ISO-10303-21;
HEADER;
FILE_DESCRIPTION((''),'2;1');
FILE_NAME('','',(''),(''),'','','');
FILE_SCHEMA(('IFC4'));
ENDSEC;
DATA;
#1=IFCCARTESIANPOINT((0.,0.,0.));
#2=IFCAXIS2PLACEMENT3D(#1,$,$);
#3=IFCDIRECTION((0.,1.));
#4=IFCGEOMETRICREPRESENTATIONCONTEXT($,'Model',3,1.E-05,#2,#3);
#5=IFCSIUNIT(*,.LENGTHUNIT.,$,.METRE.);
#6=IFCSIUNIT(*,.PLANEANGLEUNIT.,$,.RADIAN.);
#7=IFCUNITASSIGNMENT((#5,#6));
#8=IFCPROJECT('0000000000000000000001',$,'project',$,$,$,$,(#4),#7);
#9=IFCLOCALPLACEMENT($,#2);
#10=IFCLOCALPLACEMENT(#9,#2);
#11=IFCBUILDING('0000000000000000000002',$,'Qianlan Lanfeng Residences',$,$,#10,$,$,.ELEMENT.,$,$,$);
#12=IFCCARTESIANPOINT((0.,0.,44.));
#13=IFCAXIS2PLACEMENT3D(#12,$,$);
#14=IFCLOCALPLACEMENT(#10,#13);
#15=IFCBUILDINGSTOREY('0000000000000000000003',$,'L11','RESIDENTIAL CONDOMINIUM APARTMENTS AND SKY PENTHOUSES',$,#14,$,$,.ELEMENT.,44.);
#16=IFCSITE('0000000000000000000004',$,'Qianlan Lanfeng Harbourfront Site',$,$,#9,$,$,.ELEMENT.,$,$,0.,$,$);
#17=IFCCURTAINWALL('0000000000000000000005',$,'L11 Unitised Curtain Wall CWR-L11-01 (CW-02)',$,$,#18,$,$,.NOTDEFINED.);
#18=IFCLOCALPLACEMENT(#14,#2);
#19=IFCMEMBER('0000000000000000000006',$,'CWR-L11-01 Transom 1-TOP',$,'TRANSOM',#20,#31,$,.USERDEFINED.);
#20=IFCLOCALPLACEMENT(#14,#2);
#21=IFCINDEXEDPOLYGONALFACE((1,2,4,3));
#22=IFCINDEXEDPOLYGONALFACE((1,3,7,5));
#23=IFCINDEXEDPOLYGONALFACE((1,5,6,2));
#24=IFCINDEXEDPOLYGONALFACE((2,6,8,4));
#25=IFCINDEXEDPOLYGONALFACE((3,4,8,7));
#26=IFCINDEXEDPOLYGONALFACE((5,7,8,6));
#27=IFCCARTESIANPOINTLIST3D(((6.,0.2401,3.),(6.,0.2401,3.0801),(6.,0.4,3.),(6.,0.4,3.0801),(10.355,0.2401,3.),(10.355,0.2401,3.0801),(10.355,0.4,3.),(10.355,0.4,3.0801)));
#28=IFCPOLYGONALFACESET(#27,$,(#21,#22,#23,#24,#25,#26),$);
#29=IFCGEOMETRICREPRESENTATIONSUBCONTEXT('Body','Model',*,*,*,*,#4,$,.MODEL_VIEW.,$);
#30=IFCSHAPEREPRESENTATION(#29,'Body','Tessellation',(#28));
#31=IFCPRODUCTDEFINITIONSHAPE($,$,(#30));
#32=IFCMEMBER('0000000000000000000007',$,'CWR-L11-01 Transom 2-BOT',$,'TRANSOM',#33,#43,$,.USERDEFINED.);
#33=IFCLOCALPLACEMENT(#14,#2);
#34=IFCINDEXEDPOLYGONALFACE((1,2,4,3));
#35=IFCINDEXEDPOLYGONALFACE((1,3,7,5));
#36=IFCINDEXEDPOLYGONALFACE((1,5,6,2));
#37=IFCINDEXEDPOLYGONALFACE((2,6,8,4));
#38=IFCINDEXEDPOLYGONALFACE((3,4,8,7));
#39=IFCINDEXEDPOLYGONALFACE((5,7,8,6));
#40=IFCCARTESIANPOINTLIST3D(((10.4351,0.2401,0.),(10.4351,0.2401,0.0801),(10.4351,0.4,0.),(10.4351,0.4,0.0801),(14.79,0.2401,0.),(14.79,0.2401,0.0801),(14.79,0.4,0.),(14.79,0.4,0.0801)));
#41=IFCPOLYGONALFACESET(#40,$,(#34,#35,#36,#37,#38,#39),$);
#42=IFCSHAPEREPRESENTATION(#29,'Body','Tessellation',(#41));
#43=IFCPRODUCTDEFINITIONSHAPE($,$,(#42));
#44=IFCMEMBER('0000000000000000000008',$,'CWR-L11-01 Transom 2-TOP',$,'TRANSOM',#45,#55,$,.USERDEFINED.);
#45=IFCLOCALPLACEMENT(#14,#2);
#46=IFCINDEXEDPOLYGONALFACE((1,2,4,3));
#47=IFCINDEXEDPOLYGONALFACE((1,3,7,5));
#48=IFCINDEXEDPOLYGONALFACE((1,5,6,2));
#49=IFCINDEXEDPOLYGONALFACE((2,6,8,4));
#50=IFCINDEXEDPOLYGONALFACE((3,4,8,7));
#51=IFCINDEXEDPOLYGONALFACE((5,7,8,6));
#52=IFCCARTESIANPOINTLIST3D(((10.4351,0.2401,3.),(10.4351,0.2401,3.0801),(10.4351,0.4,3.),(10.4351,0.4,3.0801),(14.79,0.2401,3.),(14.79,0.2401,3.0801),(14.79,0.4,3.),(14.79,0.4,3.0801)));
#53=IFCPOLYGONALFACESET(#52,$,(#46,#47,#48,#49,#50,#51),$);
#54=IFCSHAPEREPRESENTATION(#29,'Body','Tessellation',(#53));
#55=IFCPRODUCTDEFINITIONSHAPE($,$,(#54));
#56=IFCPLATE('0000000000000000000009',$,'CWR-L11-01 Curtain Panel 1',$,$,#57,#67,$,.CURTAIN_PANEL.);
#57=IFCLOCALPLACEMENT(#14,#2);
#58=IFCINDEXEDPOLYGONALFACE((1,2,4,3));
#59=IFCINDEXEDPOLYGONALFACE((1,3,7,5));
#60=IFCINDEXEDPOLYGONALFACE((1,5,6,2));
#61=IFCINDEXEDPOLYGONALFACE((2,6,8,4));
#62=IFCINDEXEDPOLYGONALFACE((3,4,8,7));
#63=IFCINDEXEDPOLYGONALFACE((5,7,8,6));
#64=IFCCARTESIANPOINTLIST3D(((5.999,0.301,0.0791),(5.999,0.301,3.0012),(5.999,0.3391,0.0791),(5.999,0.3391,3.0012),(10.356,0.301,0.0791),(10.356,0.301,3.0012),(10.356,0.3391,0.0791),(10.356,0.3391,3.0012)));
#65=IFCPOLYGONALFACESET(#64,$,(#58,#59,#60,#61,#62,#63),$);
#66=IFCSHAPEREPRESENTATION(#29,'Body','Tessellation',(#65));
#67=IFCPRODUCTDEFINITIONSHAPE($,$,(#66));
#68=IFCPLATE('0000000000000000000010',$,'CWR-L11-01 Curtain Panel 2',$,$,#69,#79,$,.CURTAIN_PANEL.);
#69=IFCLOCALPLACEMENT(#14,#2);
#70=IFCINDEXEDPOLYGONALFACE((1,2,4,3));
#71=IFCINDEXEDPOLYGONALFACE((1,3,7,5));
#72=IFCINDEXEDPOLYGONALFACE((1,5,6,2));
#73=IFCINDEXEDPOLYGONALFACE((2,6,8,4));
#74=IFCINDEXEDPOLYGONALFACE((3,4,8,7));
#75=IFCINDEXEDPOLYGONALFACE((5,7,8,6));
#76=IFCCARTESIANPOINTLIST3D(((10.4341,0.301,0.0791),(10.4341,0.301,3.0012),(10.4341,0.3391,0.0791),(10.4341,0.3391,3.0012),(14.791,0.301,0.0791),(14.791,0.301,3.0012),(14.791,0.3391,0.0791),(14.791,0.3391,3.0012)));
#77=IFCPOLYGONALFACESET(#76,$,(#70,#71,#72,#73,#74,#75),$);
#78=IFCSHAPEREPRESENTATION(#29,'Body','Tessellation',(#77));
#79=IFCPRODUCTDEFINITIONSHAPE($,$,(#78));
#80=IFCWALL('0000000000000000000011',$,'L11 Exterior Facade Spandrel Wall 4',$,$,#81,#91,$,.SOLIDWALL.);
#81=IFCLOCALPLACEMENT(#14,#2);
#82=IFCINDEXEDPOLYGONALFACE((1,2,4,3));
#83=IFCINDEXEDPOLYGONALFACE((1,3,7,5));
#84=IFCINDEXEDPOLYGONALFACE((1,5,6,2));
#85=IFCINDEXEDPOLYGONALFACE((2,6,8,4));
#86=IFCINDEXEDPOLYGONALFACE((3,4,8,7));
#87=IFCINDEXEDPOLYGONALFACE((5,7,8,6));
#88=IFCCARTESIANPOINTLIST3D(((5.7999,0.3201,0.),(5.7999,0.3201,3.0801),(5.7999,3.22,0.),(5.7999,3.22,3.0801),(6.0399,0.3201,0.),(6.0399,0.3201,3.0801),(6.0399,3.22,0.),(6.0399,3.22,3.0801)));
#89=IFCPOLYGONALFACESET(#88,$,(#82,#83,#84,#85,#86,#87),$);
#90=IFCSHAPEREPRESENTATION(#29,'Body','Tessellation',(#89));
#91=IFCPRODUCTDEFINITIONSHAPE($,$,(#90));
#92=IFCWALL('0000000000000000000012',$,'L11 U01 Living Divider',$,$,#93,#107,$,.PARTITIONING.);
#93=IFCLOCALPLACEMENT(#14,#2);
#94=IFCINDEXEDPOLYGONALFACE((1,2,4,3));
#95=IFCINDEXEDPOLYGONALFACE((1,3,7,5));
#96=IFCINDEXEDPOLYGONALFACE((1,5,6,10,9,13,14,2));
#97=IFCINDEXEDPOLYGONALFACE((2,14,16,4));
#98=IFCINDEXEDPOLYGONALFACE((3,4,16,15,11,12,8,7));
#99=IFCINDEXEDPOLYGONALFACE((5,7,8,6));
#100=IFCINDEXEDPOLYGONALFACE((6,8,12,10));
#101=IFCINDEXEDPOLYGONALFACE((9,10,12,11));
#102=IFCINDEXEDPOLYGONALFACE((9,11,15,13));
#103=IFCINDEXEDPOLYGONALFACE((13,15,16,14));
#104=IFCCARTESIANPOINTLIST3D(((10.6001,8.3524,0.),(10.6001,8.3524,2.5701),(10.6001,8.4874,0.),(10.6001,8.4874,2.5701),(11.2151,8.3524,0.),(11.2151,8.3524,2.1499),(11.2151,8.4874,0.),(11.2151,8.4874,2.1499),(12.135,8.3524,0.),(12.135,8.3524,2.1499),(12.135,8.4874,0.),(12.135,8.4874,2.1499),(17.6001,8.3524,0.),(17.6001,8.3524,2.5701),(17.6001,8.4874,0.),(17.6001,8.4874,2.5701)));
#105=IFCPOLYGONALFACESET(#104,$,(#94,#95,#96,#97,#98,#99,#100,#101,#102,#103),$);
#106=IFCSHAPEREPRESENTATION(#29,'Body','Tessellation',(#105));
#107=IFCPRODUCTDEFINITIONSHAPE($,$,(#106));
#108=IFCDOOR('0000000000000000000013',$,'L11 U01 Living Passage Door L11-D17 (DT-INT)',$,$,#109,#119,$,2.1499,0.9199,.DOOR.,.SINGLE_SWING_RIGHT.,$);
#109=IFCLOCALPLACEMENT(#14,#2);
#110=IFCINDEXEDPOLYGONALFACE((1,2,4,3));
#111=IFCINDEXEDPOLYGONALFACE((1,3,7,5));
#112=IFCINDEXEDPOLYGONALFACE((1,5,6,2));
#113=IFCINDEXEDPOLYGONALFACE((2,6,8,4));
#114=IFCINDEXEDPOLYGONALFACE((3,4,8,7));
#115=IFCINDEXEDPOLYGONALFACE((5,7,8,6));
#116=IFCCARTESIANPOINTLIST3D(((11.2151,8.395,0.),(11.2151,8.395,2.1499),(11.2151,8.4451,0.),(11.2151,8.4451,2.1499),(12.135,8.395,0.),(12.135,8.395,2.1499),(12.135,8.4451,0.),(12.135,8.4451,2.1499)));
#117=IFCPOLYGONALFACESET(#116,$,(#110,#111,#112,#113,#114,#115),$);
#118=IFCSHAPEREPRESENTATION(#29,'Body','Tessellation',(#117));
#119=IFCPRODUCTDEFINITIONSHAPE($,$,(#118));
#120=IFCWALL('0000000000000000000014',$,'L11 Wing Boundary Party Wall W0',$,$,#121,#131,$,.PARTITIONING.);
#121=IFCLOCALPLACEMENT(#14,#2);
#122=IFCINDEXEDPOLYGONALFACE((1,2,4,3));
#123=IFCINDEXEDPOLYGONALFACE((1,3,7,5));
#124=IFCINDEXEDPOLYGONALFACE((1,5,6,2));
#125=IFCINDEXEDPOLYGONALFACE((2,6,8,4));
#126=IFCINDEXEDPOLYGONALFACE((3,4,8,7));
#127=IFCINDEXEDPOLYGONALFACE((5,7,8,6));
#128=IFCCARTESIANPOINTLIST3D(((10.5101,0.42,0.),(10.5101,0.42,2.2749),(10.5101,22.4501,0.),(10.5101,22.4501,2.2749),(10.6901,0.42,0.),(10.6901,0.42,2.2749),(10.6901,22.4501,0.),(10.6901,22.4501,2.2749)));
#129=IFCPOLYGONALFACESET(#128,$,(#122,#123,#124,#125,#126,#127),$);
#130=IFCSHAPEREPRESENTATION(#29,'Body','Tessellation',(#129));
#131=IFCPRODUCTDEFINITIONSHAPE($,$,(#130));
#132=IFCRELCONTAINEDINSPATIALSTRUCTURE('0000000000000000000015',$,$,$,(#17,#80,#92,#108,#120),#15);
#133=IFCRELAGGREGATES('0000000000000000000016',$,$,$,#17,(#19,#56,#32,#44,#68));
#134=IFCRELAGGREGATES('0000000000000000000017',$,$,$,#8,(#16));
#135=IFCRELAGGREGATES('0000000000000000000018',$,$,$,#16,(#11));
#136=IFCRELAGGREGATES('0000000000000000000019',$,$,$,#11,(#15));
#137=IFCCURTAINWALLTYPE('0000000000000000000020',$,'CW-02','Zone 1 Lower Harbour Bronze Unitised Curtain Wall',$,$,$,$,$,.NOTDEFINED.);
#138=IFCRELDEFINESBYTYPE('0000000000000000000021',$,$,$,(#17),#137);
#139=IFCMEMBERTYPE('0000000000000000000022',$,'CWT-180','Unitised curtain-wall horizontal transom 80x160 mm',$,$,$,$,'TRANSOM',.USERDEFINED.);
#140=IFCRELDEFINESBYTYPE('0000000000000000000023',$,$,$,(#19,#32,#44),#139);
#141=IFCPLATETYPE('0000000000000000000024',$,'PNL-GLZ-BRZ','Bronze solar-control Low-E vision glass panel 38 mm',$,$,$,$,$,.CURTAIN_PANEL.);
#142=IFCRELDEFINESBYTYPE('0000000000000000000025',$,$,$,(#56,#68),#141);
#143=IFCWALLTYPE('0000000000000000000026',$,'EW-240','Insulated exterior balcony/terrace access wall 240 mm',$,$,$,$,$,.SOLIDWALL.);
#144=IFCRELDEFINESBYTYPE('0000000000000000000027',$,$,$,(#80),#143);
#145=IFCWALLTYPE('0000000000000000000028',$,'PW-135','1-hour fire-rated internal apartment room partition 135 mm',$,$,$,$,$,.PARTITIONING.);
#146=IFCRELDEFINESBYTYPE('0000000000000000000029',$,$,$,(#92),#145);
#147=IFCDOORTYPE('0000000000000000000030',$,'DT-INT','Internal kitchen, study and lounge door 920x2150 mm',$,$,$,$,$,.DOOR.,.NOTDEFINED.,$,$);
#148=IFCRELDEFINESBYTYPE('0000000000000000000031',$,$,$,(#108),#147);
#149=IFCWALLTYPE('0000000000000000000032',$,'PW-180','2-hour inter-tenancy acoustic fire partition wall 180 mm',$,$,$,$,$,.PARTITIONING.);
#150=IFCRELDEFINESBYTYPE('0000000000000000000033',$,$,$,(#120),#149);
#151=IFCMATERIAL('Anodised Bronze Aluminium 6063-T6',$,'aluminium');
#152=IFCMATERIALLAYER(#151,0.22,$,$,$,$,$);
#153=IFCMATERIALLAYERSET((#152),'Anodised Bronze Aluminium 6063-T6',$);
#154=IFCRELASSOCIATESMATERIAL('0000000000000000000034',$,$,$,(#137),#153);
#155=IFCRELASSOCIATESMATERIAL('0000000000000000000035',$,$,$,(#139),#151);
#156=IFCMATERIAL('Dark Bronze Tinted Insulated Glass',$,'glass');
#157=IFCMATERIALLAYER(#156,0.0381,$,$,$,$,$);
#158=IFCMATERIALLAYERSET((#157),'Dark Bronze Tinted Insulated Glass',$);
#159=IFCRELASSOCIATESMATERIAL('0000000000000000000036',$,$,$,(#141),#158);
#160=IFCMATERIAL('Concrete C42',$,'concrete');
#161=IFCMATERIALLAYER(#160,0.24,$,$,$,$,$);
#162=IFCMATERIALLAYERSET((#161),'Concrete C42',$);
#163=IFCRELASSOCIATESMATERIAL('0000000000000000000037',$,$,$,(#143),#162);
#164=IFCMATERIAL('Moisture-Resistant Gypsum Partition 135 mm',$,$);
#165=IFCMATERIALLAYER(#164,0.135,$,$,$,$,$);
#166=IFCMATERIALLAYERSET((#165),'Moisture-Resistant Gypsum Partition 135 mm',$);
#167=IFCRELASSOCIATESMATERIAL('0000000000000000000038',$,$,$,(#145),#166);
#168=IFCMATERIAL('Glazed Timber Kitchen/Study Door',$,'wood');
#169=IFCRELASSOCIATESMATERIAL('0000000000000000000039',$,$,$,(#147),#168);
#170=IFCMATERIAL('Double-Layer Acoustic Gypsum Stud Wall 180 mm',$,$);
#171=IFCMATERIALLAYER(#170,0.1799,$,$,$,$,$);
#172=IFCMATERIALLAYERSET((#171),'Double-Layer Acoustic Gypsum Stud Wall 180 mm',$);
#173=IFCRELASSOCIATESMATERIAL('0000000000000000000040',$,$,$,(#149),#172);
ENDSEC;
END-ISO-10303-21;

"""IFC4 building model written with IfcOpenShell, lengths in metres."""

from ifc_helpers import new_model, si_unit, direction, frame, frame_2d, origin, origin_2d, place, context, subcontext, project, spatial, rectangle, extrude, source, transform, mapped, material, layer, layer_set, material_profile, profile_set, type_object, element, fill, aggregate, save


model = new_model("IFC4")

# Units and contexts
model_context = context("Model", 3, precision=1e-05, world=origin(), true_north=direction((0.0, 1.0)))
body_context = subcontext(model_context, "Body", "Model", "MODEL_VIEW")
ifc_project = project(units=[si_unit("LENGTHUNIT", "METRE"), si_unit("PLANEANGLEUNIT", "RADIAN")], contexts=[model_context])

# Site, building, storey
site_placement = place(None, origin())
site = spatial("IfcSite", under=ifc_project, at=site_placement, Name="Qianlan Lanfeng Harbourfront Site", CompositionType="ELEMENT", RefElevation=0.0)
building_placement = place(site_placement, origin())
building = spatial("IfcBuilding", under=site, at=building_placement, Name="Qianlan Lanfeng Residences", CompositionType="ELEMENT")
storey_placement = place(building_placement, frame((0.0, 0.0, 44.0)))
storey = spatial("IfcBuildingStorey", under=building, at=storey_placement, Name="L11", Description="RESIDENTIAL CONDOMINIUM APARTMENTS AND SKY PENTHOUSES", CompositionType="ELEMENT", Elevation=44.0)

# Curtain wall
ifc_material_1 = material(Name="Anodised Bronze Aluminium 6063-T6", Category="aluminium")
ifc_layer_1 = layer(ifc_material_1, 0.22)
ifc_layer_set_1 = layer_set([ifc_layer_1], Name="Anodised Bronze Aluminium 6063-T6")
curtain_wall_type = type_object("IfcCurtainWallType", Name="CW-02", Description="Zone 1 Lower Harbour Bronze Unitised Curtain Wall", PredefinedType="NOTDEFINED", material=ifc_layer_set_1)
curtain_wall_1_placement = place(storey_placement, origin())
curtain_wall_1 = element("IfcCurtainWall", 1, at=curtain_wall_1_placement, inside=storey, type_object=curtain_wall_type, Name="L11 Unitised Curtain Wall CWR-L11-01 (CW-02)", PredefinedType="NOTDEFINED")
ifc_material_profile_1 = material_profile(ifc_material_1, rectangle(XDim=0.0801, YDim=0.1599, at=origin_2d()), Name="ALU TRANSOM 80x160")
ifc_profile_set_1 = profile_set([ifc_material_profile_1], Name="Anodised Bronze Aluminium 6063-T6")
member_type_1 = type_object("IfcMemberType", Name="CWT-180", Description="Unitised curtain-wall horizontal transom 80x160 mm", ElementType="TRANSOM", PredefinedType="USERDEFINED", material=ifc_profile_set_1)

# Members
shared_shape_1 = source(origin(), body_context, "Body", "SweptSolid", [
    extrude(rectangle(XDim=0.0801, YDim=0.1599, at=origin_2d()), origin(), (0.0, 0.0, 1.0), 4.355),
])
member_1_placement = place(storey_placement, frame((6.0, 0.3201, 3.04), z_axis=(1.0, 0.0, 0.0), x_axis=(0.0, 0.0, 1.0)))
member_1 = element("IfcMember", 2, at=member_1_placement, type_object=member_type_1, Name="CWR-L11-01 Transom 1-TOP", ObjectType="TRANSOM", PredefinedType="USERDEFINED", context=body_context, shape_type="MappedRepresentation", body=[
    mapped(shared_shape_1, transform((0.0, 0.0, 0.0), scale=1.0)),
])
member_2_placement = place(storey_placement, frame((10.4351, 0.3201, 0.04), z_axis=(1.0, 0.0, 0.0), x_axis=(0.0, 0.0, 1.0)))
member_2 = element("IfcMember", 3, at=member_2_placement, type_object=member_type_1, Name="CWR-L11-01 Transom 2-BOT", ObjectType="TRANSOM", PredefinedType="USERDEFINED", context=body_context, shape_type="MappedRepresentation", body=[
    mapped(shared_shape_1, transform((0.0, 0.0, 0.0), scale=1.0)),
])
member_3_placement = place(storey_placement, frame((10.4351, 0.3201, 3.04), z_axis=(1.0, 0.0, 0.0), x_axis=(0.0, 0.0, 1.0)))
member_3 = element("IfcMember", 4, at=member_3_placement, type_object=member_type_1, Name="CWR-L11-01 Transom 2-TOP", ObjectType="TRANSOM", PredefinedType="USERDEFINED", context=body_context, shape_type="MappedRepresentation", body=[
    mapped(shared_shape_1, transform((0.0, 0.0, 0.0), scale=1.0)),
])

# Plates
ifc_material_2 = material(Name="Dark Bronze Tinted Insulated Glass", Category="glass")
ifc_layer_2 = layer(ifc_material_2, 0.0381)
ifc_layer_set_2 = layer_set([ifc_layer_2], Name="Dark Bronze Tinted Insulated Glass")
plate_type = type_object("IfcPlateType", Name="PNL-GLZ-BRZ", Description="Bronze solar-control Low-E vision glass panel 38 mm", PredefinedType="CURTAIN_PANEL", material=ifc_layer_set_2)
shared_shape_2 = source(origin(), body_context, "Body", "SweptSolid", [
    extrude(rectangle(XDim=4.3569, YDim=0.0381, at=origin_2d()), origin(), (0.0, 0.0, 1.0), 2.9221),
])
plate_1_placement = place(storey_placement, frame((8.1775, 0.3201, 0.0791), z_axis=(0.0, 0.0, 1.0), x_axis=(1.0, 0.0, 0.0)))
plate_1 = element("IfcPlate", 5, at=plate_1_placement, type_object=plate_type, Name="CWR-L11-01 Curtain Panel 1", PredefinedType="CURTAIN_PANEL", context=body_context, shape_type="MappedRepresentation", body=[
    mapped(shared_shape_2, transform((0.0, 0.0, 0.0), scale=1.0)),
])
plate_2_placement = place(storey_placement, frame((12.6125, 0.3201, 0.0791), z_axis=(0.0, 0.0, 1.0), x_axis=(1.0, 0.0, 0.0)))
plate_2 = element("IfcPlate", 6, at=plate_2_placement, type_object=plate_type, Name="CWR-L11-01 Curtain Panel 2", PredefinedType="CURTAIN_PANEL", context=body_context, shape_type="MappedRepresentation", body=[
    mapped(shared_shape_2, transform((0.0, 0.0, 0.0), scale=1.0)),
])
aggregate(curtain_wall_1, [member_1, plate_1, member_2, member_3, plate_2])

# Wall
ifc_material_3 = material(Name="Concrete C42", Category="concrete")
ifc_layer_3 = layer(ifc_material_3, 0.24)
ifc_layer_set_3 = layer_set([ifc_layer_3], Name="Concrete C42")
wall_type_1 = type_object("IfcWallType", Name="EW-240", Description="Insulated exterior balcony/terrace access wall 240 mm", PredefinedType="SOLIDWALL", material=ifc_layer_set_3)
wall_1_placement = place(storey_placement, frame((5.9199, 3.22, 0.0), z_axis=(0.0, 0.0, 1.0), x_axis=(0.0, -1.0, 0.0)))
element("IfcWall", 7, at=wall_1_placement, inside=storey, type_object=wall_type_1, Name="L11 Exterior Facade Spandrel Wall 4", PredefinedType="SOLIDWALL", context=body_context, shape_type="SweptSolid", body=[
    extrude(rectangle(XDim=2.8999, YDim=0.24, at=frame_2d((1.45, 0.0))), origin(), (0.0, 0.0, 1.0), 3.0801),
])

# Wall, opening, door
ifc_material_4 = material(Name="Moisture-Resistant Gypsum Partition 135 mm")
ifc_layer_4 = layer(ifc_material_4, 0.135)
ifc_layer_set_4 = layer_set([ifc_layer_4], Name="Moisture-Resistant Gypsum Partition 135 mm")
wall_type_2 = type_object("IfcWallType", Name="PW-135", Description="1-hour fire-rated internal apartment room partition 135 mm", PredefinedType="PARTITIONING", material=ifc_layer_set_4)
wall_2_placement = place(storey_placement, frame((10.6001, 8.4199, 0.0), z_axis=(0.0, 0.0, 1.0), x_axis=(1.0, 0.0, 0.0)))
wall_2 = element("IfcWall", 8, at=wall_2_placement, inside=storey, type_object=wall_type_2, Name="L11 U01 Living Divider", PredefinedType="PARTITIONING", context=body_context, shape_type="SweptSolid", body=[
    extrude(rectangle(XDim=7.0, YDim=0.135, at=frame_2d((3.5, 0.0))), origin(), (0.0, 0.0, 1.0), 2.5701),
])
opening_1_placement = place(wall_2_placement, frame((0.615, 0.0, 0.0)))
opening_1 = element("IfcOpeningElement", 9, at=opening_1_placement, cuts=wall_2, PredefinedType="OPENING", context=body_context, shape_type="SweptSolid", body=[
    extrude(rectangle(XDim=0.9199, YDim=2.1499, at=frame_2d((0.46, 1.075))), frame((0.0, 0.0776, 0.0), z_axis=(0.0, -1.0, 0.0), x_axis=(1.0, 0.0, 0.0)), (0.0, 0.0, 1.0), 0.155),
])
ifc_material_5 = material(Name="Glazed Timber Kitchen/Study Door", Category="wood")
door_type_1 = type_object("IfcDoorType", Name="DT-INT", Description="Internal kitchen, study and lounge door 920x2150 mm", OperationType="NOTDEFINED", PredefinedType="DOOR", material=ifc_material_5)
door_1_placement = place(opening_1_placement, frame((0.9199, 0.0, 0.0), z_axis=(0.0, 0.0, 1.0), x_axis=(-1.0, 0.0, 0.0)))
door_1 = element("IfcDoor", 10, at=door_1_placement, inside=storey, type_object=door_type_1, Name="L11 U01 Living Passage Door L11-D17 (DT-INT)", OperationType="SINGLE_SWING_RIGHT", OverallHeight=2.1499, OverallWidth=0.9199, PredefinedType="DOOR", context=body_context, shape_type="SweptSolid", body=[
    extrude(rectangle(XDim=0.9199, YDim=2.1499, at=frame_2d((0.46, 1.075))), frame((0.0, 0.0249, 0.0), z_axis=(0.0, -1.0, 0.0), x_axis=(1.0, 0.0, 0.0)), (0.0, 0.0, 1.0), 0.05),
])
fill(opening_1, door_1)

# Wall
ifc_material_6 = material(Name="Double-Layer Acoustic Gypsum Stud Wall 180 mm")
ifc_layer_5 = layer(ifc_material_6, 0.1799)
ifc_layer_set_5 = layer_set([ifc_layer_5], Name="Double-Layer Acoustic Gypsum Stud Wall 180 mm")
wall_type_3 = type_object("IfcWallType", Name="PW-180", Description="2-hour inter-tenancy acoustic fire partition wall 180 mm", PredefinedType="PARTITIONING", material=ifc_layer_set_5)
wall_3_placement = place(storey_placement, frame((10.6001, 0.4199, 0.0), z_axis=(0.0, 0.0, 1.0), x_axis=(0.0, 1.0, 0.0)))
element("IfcWall", 11, at=wall_3_placement, inside=storey, type_object=wall_type_3, Name="L11 Wing Boundary Party Wall W0", PredefinedType="PARTITIONING", context=body_context, shape_type="SweptSolid", body=[
    extrude(rectangle(XDim=22.03, YDim=0.1799, at=frame_2d((11.0151, 0.0))), origin(), (0.0, 0.0, 1.0), 2.2749),
])

save(model, "model.ifc")
